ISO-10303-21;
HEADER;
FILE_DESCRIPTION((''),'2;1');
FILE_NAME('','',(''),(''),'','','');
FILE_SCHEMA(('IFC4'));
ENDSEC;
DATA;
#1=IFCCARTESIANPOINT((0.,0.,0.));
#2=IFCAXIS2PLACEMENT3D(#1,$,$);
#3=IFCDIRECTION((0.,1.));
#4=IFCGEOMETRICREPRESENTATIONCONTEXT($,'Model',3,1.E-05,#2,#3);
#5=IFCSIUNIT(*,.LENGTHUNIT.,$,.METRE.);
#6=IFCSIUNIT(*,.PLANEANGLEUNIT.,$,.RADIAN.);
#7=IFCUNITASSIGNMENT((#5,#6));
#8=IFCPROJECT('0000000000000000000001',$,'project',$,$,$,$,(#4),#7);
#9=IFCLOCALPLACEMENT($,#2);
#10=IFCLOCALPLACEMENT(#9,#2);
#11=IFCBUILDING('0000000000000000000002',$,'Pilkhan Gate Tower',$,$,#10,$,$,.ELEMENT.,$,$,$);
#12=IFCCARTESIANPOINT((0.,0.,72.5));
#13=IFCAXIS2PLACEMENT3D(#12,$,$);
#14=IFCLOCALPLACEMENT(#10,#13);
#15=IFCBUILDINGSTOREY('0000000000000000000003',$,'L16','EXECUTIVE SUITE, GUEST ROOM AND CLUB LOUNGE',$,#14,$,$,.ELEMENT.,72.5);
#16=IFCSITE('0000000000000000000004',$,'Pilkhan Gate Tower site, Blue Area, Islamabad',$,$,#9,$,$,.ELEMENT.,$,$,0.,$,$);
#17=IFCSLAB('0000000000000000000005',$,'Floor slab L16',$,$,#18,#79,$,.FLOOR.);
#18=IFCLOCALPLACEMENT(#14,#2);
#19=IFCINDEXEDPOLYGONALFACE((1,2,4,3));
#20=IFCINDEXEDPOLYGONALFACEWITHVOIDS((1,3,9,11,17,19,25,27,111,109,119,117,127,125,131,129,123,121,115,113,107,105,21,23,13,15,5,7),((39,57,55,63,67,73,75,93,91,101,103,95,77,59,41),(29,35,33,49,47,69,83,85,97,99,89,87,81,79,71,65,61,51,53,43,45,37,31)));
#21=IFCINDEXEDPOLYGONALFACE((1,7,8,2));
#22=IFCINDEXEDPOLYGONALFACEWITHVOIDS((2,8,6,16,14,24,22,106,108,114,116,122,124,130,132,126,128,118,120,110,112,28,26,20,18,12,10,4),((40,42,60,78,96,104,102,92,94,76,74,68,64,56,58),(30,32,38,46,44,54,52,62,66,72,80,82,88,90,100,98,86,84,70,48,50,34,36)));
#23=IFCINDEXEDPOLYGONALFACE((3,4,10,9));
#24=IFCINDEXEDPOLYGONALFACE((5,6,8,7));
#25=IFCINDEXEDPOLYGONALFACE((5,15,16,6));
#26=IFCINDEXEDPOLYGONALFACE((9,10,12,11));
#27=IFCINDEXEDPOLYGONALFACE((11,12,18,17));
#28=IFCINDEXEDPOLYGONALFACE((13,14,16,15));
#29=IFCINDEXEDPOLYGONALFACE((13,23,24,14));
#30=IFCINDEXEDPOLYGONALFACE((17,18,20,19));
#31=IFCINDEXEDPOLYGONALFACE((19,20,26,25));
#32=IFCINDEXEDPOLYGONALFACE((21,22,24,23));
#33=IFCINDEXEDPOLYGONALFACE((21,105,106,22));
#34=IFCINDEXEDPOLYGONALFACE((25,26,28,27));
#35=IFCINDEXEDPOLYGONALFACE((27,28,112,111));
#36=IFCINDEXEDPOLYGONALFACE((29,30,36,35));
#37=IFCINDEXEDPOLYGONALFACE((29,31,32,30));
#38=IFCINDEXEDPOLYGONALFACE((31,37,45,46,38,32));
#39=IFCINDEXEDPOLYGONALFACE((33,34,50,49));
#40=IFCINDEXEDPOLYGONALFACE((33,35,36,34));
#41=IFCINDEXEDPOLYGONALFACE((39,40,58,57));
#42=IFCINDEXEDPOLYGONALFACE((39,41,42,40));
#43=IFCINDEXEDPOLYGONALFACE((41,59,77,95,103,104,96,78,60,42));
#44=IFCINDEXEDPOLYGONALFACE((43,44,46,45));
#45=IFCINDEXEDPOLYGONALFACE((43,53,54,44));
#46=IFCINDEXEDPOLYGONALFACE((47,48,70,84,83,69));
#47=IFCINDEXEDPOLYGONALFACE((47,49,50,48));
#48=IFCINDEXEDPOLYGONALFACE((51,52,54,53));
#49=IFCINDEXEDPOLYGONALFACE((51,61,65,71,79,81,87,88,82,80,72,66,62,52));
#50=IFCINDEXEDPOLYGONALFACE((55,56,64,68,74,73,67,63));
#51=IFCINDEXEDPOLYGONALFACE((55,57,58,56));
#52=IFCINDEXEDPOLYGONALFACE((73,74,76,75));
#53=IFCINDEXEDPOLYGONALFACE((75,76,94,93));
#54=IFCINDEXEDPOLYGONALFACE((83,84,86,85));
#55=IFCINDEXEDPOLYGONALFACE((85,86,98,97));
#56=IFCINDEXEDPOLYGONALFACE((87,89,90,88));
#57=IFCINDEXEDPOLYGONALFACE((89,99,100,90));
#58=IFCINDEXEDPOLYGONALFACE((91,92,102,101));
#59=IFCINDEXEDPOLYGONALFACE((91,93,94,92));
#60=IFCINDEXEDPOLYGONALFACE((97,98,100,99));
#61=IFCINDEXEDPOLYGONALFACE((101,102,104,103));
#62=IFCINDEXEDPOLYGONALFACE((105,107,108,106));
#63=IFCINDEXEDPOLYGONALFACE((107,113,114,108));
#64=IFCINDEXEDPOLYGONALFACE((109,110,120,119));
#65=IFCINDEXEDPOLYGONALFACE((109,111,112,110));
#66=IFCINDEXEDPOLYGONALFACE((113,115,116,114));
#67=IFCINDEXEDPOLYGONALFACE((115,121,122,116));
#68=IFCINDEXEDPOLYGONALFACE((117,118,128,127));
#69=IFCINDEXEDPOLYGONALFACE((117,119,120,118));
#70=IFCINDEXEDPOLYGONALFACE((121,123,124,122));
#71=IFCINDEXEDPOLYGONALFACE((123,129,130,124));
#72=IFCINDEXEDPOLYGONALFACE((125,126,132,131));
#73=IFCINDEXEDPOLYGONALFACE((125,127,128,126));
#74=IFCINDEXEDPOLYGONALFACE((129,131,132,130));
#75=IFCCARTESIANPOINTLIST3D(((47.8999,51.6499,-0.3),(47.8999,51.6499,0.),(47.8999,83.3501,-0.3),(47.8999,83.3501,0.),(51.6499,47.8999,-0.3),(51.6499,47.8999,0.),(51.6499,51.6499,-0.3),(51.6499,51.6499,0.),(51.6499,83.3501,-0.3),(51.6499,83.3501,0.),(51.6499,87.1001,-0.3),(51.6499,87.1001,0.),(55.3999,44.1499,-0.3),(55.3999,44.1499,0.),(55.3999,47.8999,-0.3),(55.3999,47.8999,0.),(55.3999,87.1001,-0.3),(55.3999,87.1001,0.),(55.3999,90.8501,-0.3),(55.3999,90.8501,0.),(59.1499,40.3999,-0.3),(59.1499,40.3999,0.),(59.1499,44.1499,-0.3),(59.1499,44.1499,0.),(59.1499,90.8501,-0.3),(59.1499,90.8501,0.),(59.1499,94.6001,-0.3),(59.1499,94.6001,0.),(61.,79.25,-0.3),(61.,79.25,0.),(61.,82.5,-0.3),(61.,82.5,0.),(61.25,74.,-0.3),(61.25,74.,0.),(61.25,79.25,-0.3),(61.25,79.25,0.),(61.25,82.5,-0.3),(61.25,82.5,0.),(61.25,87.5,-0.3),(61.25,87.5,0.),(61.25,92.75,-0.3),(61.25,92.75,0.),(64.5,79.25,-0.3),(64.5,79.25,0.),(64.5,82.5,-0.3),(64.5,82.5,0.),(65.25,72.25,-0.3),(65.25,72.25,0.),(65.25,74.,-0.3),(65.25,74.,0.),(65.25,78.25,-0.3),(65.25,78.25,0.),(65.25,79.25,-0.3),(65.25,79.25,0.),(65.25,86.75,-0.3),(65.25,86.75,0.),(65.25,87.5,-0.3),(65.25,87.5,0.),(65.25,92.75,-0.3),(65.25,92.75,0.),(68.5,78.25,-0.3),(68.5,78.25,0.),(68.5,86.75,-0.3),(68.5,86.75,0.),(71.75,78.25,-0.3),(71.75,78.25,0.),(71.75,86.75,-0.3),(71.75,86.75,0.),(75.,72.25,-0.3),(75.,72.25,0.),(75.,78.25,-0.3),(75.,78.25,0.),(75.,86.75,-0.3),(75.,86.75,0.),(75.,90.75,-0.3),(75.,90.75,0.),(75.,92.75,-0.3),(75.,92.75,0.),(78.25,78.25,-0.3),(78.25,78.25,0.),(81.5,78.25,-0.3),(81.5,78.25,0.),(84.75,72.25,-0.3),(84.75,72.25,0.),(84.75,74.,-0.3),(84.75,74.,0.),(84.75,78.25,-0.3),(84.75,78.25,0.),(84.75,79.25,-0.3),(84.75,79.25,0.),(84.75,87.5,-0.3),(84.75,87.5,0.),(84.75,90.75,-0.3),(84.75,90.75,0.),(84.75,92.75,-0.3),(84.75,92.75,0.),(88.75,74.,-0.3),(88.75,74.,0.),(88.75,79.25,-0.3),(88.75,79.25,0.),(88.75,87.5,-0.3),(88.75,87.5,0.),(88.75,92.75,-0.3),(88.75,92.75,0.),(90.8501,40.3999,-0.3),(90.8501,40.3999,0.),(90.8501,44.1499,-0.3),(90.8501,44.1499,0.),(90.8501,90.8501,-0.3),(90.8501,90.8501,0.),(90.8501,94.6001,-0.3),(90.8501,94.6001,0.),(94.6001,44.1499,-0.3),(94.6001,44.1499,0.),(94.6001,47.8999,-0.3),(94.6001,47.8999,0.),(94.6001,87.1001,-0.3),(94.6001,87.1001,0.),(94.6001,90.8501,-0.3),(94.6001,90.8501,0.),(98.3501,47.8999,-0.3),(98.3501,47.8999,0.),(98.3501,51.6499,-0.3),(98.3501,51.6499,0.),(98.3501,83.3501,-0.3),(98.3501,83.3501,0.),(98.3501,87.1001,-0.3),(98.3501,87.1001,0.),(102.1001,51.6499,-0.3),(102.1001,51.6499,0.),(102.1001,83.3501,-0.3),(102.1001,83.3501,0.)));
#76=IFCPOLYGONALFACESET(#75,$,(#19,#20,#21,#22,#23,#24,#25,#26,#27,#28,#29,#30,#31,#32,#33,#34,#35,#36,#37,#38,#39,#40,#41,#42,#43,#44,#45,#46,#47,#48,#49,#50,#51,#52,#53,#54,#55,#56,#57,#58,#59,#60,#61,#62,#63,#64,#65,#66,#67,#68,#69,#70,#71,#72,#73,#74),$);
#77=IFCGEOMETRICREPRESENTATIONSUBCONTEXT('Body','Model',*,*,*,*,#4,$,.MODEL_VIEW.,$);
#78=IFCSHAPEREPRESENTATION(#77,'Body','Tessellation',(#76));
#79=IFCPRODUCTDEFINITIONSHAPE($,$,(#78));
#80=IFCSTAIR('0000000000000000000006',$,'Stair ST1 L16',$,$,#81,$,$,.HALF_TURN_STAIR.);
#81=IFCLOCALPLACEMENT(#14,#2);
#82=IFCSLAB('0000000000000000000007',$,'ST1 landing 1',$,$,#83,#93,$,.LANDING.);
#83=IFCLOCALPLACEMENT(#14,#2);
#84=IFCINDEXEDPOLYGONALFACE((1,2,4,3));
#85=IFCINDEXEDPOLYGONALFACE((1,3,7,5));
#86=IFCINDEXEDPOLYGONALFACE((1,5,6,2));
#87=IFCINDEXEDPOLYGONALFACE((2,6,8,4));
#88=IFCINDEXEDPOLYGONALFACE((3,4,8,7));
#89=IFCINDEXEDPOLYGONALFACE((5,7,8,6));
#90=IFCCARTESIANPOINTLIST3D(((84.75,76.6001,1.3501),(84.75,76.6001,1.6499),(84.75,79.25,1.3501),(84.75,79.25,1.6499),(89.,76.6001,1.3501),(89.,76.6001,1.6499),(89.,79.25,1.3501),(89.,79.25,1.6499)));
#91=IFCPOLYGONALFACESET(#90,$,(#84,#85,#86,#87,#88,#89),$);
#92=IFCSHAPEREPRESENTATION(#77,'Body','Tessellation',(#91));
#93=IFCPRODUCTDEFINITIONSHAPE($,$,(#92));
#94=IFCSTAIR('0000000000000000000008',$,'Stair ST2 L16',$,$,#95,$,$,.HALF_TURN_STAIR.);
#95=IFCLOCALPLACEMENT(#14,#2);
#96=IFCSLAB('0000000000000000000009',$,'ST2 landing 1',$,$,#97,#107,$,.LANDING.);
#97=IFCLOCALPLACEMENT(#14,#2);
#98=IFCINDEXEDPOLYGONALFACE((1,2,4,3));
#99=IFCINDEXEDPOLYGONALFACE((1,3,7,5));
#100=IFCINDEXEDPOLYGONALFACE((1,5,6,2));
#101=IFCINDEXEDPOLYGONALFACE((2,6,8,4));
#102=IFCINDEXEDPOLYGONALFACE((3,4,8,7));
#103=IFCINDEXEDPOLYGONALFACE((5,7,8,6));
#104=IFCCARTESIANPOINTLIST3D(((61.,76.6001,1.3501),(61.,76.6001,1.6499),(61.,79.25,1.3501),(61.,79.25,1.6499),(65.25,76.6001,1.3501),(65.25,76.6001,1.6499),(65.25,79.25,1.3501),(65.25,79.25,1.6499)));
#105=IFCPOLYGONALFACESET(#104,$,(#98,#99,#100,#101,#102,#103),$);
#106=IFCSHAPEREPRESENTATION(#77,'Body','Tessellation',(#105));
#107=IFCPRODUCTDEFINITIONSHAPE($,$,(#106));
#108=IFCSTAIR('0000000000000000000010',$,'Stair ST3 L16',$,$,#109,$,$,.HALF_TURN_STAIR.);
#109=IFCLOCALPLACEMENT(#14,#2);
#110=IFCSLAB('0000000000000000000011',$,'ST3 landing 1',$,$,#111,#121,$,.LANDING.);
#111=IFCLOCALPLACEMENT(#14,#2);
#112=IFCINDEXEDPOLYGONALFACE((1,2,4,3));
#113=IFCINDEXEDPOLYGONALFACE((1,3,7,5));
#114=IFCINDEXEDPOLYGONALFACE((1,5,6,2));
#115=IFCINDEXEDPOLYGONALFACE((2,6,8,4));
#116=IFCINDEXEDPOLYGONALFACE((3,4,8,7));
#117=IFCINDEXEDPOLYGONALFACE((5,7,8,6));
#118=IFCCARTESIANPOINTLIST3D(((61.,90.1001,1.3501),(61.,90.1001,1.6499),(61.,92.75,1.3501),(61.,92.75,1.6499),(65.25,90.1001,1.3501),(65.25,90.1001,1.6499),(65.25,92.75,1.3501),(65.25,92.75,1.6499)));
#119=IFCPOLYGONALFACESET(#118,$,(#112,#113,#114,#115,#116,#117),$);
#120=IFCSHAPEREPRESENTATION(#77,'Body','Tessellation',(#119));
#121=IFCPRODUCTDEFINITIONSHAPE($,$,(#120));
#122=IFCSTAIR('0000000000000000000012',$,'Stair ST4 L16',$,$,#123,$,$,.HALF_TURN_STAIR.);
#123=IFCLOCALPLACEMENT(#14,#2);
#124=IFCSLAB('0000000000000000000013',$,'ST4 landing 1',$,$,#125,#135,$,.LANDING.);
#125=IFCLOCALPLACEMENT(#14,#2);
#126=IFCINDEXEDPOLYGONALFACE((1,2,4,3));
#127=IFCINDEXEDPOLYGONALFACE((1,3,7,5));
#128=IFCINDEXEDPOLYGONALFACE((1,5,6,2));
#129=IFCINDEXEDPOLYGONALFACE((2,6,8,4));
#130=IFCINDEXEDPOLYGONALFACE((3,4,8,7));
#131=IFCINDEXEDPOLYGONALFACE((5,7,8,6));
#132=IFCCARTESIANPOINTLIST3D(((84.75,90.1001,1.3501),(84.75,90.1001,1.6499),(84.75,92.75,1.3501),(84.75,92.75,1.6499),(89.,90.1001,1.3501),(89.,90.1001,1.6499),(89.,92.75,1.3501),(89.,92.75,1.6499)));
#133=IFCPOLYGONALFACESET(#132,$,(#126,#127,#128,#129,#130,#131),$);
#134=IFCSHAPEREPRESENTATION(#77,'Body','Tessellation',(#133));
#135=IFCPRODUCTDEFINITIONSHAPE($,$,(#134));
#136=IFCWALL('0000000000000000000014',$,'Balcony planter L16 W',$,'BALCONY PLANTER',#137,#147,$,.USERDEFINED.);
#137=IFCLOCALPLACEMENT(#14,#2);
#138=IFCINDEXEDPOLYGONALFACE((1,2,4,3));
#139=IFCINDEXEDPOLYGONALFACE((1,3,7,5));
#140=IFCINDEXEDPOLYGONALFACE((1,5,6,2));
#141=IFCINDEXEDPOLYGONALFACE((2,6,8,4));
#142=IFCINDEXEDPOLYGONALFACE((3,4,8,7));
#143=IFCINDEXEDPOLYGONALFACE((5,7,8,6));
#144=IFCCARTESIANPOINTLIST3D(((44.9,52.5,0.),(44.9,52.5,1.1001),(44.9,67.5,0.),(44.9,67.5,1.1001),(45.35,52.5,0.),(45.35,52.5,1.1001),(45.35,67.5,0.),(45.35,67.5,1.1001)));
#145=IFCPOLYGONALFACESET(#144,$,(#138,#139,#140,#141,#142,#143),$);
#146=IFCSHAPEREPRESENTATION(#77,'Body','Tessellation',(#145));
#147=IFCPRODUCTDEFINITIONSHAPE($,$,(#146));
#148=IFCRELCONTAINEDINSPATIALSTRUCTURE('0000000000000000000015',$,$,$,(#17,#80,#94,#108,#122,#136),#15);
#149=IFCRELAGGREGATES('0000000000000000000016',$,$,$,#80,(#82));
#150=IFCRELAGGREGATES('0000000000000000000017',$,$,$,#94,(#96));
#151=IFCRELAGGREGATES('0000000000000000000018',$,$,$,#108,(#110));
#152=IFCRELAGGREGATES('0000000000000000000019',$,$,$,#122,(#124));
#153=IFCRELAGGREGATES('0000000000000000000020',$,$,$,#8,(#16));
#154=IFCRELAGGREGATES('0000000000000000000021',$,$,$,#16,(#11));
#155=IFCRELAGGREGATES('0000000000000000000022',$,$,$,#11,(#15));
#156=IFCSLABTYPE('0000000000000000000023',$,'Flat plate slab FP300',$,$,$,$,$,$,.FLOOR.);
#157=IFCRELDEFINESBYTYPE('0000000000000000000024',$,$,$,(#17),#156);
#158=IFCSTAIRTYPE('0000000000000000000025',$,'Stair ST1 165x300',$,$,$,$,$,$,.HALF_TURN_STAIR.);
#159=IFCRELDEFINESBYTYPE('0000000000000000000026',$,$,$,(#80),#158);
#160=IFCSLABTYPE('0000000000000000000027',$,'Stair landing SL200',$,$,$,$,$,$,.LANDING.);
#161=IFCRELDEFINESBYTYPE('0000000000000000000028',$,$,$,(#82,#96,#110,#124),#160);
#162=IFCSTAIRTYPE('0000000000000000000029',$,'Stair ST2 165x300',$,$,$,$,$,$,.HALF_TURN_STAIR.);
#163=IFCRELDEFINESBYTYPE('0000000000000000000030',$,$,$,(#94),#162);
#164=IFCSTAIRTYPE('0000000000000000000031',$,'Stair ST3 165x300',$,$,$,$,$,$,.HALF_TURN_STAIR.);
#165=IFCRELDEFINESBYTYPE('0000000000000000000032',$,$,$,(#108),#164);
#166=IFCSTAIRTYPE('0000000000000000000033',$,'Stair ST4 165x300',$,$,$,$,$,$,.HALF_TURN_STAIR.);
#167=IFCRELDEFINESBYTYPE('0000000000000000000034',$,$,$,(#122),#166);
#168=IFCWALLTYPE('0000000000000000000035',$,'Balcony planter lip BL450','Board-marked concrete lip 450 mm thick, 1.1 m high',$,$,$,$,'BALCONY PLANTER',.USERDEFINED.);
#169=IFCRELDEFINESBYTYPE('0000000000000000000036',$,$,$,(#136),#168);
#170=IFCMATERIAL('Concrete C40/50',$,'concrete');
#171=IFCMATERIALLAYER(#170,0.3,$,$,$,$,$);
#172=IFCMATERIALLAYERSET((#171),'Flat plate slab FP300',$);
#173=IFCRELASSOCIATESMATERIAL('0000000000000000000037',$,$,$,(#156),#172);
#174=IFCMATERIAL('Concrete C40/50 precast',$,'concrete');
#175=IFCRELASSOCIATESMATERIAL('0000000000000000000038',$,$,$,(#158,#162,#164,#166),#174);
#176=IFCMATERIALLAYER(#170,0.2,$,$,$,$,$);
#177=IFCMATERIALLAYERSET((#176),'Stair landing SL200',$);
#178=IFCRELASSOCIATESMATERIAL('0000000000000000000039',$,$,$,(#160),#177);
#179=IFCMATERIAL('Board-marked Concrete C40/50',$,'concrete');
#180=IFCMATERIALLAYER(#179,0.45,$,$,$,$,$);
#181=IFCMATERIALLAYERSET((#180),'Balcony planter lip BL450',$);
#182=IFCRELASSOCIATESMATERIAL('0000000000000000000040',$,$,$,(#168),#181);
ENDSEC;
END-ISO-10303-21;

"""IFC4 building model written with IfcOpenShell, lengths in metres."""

from ifc_helpers import new_model, si_unit, direction, frame, frame_2d, origin, place, context, subcontext, project, spatial, polyline, rectangle, outline, extrude, material, layer, layer_set, type_object, element, aggregate, save


model = new_model("IFC4")

# Units and contexts
model_context = context("Model", 3, precision=1e-05, world=origin(), true_north=direction((0.0, 1.0)))
body_context = subcontext(model_context, "Body", "Model", "MODEL_VIEW")
ifc_project = project(units=[si_unit("LENGTHUNIT", "METRE"), si_unit("PLANEANGLEUNIT", "RADIAN")], contexts=[model_context])

# Site, building, storey
site_placement = place(None, origin())
site = spatial("IfcSite", under=ifc_project, at=site_placement, Name="Pilkhan Gate Tower site, Blue Area, Islamabad", CompositionType="ELEMENT", RefElevation=0.0)
building_placement = place(site_placement, origin())
building = spatial("IfcBuilding", under=site, at=building_placement, Name="Pilkhan Gate Tower", CompositionType="ELEMENT")
storey_placement = place(building_placement, frame((0.0, 0.0, 72.5)))
storey = spatial("IfcBuildingStorey", under=building, at=storey_placement, Name="L16", Description="EXECUTIVE SUITE, GUEST ROOM AND CLUB LOUNGE", CompositionType="ELEMENT", Elevation=72.5)

# Slab
ifc_material_1 = material(Name="Concrete C40/50", Category="concrete")
ifc_layer_1 = layer(ifc_material_1, 0.3)
ifc_layer_set_1 = layer_set([ifc_layer_1], Name="Flat plate slab FP300")
slab_type_1 = type_object("IfcSlabType", Name="Flat plate slab FP300", PredefinedType="FLOOR", material=ifc_layer_set_1)
slab_1_placement = place(storey_placement, frame((0.0, 0.0, -0.3)))
element("IfcSlab", 1, at=slab_1_placement, inside=storey, type_object=slab_type_1, Name="Floor slab L16", PredefinedType="FLOOR", context=body_context, shape_type="SweptSolid", body=[
    extrude(outline(polyline([(98.3501, 47.8999), (94.6001, 47.8999), (94.6001, 44.1499), (90.8501, 44.1499), (90.8501, 40.3999), (59.1499, 40.3999), (59.1499, 44.1499), (55.3999, 44.1499), (55.3999, 47.8999), (51.6499, 47.8999), (51.6499, 51.6499), (47.8999, 51.6499), (47.8999, 83.3501), (51.6499, 83.3501), (51.6499, 87.1001), (55.3999, 87.1001), (55.3999, 90.8501), (59.1499, 90.8501), (59.1499, 94.6001), (90.8501, 94.6001), (90.8501, 90.8501), (94.6001, 90.8501), (94.6001, 87.1001), (98.3501, 87.1001), (98.3501, 83.3501), (102.1001, 83.3501), (102.1001, 51.6499), (98.3501, 51.6499), (98.3501, 47.8999)]), holes=[polyline([(65.25, 87.5), (65.25, 86.75), (68.5, 86.75), (71.75, 86.75), (75.0, 86.75), (75.0, 90.75), (84.75, 90.75), (84.75, 87.5), (88.75, 87.5), (88.75, 92.75), (84.75, 92.75), (75.0, 92.75), (65.25, 92.75), (61.25, 92.75), (61.25, 87.5), (65.25, 87.5)]), polyline([(75.0, 72.25), (84.75, 72.25), (84.75, 74.0), (88.75, 74.0), (88.75, 79.25), (84.75, 79.25), (84.75, 78.25), (81.5, 78.25), (78.25, 78.25), (75.0, 78.25), (71.75, 78.25), (68.5, 78.25), (65.25, 78.25), (65.25, 79.25), (64.5, 79.25), (64.5, 82.5), (61.25, 82.5), (61.0, 82.5), (61.0, 79.25), (61.25, 79.25), (61.25, 74.0), (65.25, 74.0), (65.25, 72.25), (75.0, 72.25)])]), origin(), (0.0, 0.0, 1.0), 0.3),
])

# Stairs, slabs
ifc_material_2 = material(Name="Concrete C40/50 precast", Category="concrete")
stair_type_1 = type_object("IfcStairType", Name="Stair ST1 165x300", PredefinedType="HALF_TURN_STAIR", material=ifc_material_2)
stair_1_placement = place(storey_placement, origin())
stair_1 = element("IfcStair", 2, at=stair_1_placement, inside=storey, type_object=stair_type_1, Name="Stair ST1 L16", PredefinedType="HALF_TURN_STAIR")
ifc_layer_2 = layer(ifc_material_1, 0.2)
ifc_layer_set_2 = layer_set([ifc_layer_2], Name="Stair landing SL200")
slab_type_2 = type_object("IfcSlabType", Name="Stair landing SL200", PredefinedType="LANDING", material=ifc_layer_set_2)
slab_2_placement = place(storey_placement, frame((0.0, 0.0, 1.3501)))
slab_2 = element("IfcSlab", 3, at=slab_2_placement, type_object=slab_type_2, Name="ST1 landing 1", PredefinedType="LANDING", context=body_context, shape_type="SweptSolid", body=[
    extrude(outline(polyline([(89.0, 76.6001), (89.0, 79.25), (84.75, 79.25), (84.75, 76.6001), (89.0, 76.6001)])), origin(), (0.0, 0.0, 1.0), 0.2998),
])
aggregate(stair_1, [slab_2])
stair_type_2 = type_object("IfcStairType", Name="Stair ST2 165x300", PredefinedType="HALF_TURN_STAIR", material=ifc_material_2)
stair_2_placement = place(storey_placement, origin())
stair_2 = element("IfcStair", 4, at=stair_2_placement, inside=storey, type_object=stair_type_2, Name="Stair ST2 L16", PredefinedType="HALF_TURN_STAIR")
slab_3_placement = place(storey_placement, frame((0.0, 0.0, 1.3501)))
slab_3 = element("IfcSlab", 5, at=slab_3_placement, type_object=slab_type_2, Name="ST2 landing 1", PredefinedType="LANDING", context=body_context, shape_type="SweptSolid", body=[
    extrude(outline(polyline([(65.25, 76.6001), (65.25, 79.25), (61.0, 79.25), (61.0, 76.6001), (65.25, 76.6001)])), origin(), (0.0, 0.0, 1.0), 0.2998),
])
aggregate(stair_2, [slab_3])
stair_type_3 = type_object("IfcStairType", Name="Stair ST3 165x300", PredefinedType="HALF_TURN_STAIR", material=ifc_material_2)
stair_3_placement = place(storey_placement, origin())
stair_3 = element("IfcStair", 6, at=stair_3_placement, inside=storey, type_object=stair_type_3, Name="Stair ST3 L16", PredefinedType="HALF_TURN_STAIR")
slab_4_placement = place(storey_placement, frame((0.0, 0.0, 1.3501)))
slab_4 = element("IfcSlab", 7, at=slab_4_placement, type_object=slab_type_2, Name="ST3 landing 1", PredefinedType="LANDING", context=body_context, shape_type="SweptSolid", body=[
    extrude(outline(polyline([(65.25, 90.1001), (65.25, 92.75), (61.0, 92.75), (61.0, 90.1001), (65.25, 90.1001)])), origin(), (0.0, 0.0, 1.0), 0.2998),
])
aggregate(stair_3, [slab_4])
stair_type_4 = type_object("IfcStairType", Name="Stair ST4 165x300", PredefinedType="HALF_TURN_STAIR", material=ifc_material_2)
stair_4_placement = place(storey_placement, origin())
stair_4 = element("IfcStair", 8, at=stair_4_placement, inside=storey, type_object=stair_type_4, Name="Stair ST4 L16", PredefinedType="HALF_TURN_STAIR")
slab_5_placement = place(storey_placement, frame((0.0, 0.0, 1.3501)))
slab_5 = element("IfcSlab", 9, at=slab_5_placement, type_object=slab_type_2, Name="ST4 landing 1", PredefinedType="LANDING", context=body_context, shape_type="SweptSolid", body=[
    extrude(outline(polyline([(89.0, 90.1001), (89.0, 92.75), (84.75, 92.75), (84.75, 90.1001), (89.0, 90.1001)])), origin(), (0.0, 0.0, 1.0), 0.2998),
])
aggregate(stair_4, [slab_5])

# Wall
ifc_material_3 = material(Name="Board-marked Concrete C40/50", Category="concrete")
ifc_layer_3 = layer(ifc_material_3, 0.45)
ifc_layer_set_3 = layer_set([ifc_layer_3], Name="Balcony planter lip BL450")
wall_type = type_object("IfcWallType", Name="Balcony planter lip BL450", Description="Board-marked concrete lip 450 mm thick, 1.1 m high", ElementType="BALCONY PLANTER", PredefinedType="USERDEFINED", material=ifc_layer_set_3)
wall_placement = place(storey_placement, frame((45.125, 52.5, 0.0), z_axis=(0.0, 0.0, 1.0), x_axis=(0.0, 1.0, 0.0)))
element("IfcWall", 10, at=wall_placement, inside=storey, type_object=wall_type, Name="Balcony planter L16 W", ObjectType="BALCONY PLANTER", PredefinedType="USERDEFINED", context=body_context, shape_type="SweptSolid", body=[
    extrude(rectangle(XDim=15.0, YDim=0.45, at=frame_2d((7.5, 0.0))), origin(), (0.0, 0.0, 1.0), 1.1001),
])

save(model, "model.ifc")
